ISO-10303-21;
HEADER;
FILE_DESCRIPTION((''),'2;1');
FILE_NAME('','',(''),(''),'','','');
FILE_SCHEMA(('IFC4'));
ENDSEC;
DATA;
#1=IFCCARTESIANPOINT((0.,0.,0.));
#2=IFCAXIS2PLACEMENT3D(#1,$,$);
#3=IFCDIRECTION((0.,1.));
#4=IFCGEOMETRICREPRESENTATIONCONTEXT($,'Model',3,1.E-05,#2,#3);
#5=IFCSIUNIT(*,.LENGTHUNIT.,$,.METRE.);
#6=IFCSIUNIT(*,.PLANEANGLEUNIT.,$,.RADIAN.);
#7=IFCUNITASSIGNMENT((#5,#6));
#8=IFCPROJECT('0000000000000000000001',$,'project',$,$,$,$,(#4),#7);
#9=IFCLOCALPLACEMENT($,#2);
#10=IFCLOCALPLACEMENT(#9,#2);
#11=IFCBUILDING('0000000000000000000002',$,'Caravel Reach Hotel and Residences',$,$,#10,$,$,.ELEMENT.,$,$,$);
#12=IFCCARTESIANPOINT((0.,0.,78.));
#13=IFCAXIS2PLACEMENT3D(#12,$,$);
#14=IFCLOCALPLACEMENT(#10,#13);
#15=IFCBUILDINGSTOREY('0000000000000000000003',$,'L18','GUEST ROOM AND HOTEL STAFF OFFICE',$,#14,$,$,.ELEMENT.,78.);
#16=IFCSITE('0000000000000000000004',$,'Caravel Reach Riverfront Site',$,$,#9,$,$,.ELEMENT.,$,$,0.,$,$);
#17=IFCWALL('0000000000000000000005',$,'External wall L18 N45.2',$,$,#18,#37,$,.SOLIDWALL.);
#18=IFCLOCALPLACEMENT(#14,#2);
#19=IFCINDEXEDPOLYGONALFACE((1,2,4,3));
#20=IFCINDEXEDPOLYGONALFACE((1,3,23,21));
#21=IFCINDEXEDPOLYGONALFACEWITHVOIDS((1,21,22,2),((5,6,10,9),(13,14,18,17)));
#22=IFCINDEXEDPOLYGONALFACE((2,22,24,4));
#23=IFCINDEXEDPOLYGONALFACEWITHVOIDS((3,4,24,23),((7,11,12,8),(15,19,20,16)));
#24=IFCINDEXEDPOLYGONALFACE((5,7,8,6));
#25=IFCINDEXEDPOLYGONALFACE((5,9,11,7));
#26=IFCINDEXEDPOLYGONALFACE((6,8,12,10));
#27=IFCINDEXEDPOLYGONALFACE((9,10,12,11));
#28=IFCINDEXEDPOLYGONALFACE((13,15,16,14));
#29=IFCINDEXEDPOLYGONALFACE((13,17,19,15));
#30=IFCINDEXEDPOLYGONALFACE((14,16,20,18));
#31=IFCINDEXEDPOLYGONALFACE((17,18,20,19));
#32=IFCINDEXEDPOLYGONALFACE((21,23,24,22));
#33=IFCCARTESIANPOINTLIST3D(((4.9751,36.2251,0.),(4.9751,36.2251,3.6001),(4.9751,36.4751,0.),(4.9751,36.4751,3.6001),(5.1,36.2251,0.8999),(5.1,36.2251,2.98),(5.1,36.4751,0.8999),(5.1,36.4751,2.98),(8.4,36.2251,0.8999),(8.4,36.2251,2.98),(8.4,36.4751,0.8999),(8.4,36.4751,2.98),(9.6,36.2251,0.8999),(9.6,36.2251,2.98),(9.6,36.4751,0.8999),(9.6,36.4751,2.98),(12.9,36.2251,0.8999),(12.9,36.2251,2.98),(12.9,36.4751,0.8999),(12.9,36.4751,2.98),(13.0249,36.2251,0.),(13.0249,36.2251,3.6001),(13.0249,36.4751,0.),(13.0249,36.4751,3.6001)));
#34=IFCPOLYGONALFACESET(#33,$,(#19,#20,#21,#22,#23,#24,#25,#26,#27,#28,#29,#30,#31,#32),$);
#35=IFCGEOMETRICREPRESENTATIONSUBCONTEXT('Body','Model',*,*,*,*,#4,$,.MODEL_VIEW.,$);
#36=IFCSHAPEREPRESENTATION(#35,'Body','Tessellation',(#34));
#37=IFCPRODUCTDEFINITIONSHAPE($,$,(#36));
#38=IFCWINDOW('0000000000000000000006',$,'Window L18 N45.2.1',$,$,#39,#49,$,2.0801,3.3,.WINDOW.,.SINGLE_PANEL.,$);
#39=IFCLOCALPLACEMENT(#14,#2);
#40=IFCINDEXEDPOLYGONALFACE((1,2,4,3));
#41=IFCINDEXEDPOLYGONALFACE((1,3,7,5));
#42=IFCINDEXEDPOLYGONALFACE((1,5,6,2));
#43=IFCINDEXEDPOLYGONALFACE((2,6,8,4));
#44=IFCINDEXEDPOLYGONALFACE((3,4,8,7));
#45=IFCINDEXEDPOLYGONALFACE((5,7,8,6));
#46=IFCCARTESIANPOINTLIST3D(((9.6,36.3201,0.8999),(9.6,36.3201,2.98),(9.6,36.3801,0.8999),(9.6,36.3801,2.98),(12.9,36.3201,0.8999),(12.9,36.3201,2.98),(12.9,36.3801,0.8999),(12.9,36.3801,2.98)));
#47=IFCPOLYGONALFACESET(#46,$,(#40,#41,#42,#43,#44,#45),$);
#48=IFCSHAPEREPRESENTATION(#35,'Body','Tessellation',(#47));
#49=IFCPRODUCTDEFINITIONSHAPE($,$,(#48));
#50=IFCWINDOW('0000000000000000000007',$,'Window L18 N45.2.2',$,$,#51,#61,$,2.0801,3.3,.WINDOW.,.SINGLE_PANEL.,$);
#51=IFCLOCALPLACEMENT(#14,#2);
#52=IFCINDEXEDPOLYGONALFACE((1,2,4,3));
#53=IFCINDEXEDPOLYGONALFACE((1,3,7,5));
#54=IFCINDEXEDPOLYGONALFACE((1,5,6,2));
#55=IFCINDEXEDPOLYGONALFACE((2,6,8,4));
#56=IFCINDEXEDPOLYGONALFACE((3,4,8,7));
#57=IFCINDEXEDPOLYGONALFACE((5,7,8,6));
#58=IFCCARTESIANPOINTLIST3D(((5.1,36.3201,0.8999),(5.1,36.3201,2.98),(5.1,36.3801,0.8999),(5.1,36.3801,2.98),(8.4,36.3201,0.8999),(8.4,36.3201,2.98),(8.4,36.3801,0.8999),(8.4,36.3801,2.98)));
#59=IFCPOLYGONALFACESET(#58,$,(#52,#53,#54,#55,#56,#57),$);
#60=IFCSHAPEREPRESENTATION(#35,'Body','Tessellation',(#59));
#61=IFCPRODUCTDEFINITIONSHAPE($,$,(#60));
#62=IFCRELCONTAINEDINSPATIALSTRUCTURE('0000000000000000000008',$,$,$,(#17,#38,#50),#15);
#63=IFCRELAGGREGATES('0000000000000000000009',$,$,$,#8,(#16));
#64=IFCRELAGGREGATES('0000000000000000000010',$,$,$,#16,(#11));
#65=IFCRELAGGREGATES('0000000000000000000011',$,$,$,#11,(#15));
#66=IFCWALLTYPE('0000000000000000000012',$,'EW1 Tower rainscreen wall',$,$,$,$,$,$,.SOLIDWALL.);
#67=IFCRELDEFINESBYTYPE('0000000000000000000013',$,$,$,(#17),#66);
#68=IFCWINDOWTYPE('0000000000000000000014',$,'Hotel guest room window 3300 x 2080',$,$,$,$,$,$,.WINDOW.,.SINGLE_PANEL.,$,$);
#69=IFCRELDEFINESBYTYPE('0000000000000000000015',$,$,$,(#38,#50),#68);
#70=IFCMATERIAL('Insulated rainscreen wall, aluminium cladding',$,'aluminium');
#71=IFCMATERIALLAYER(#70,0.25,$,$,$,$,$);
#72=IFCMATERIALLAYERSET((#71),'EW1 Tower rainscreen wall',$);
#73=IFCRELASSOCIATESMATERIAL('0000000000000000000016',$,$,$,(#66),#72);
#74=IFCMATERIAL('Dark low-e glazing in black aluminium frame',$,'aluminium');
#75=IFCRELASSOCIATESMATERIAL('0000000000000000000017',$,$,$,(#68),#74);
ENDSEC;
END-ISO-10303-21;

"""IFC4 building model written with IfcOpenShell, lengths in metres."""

from ifc_helpers import new_model, si_unit, direction, frame, frame_2d, origin, place, context, subcontext, project, spatial, rectangle, extrude, material, layer, layer_set, type_object, element, fill, save


model = new_model("IFC4")

# Units and contexts
model_context = context("Model", 3, precision=1e-05, world=origin(), true_north=direction((0.0, 1.0)))
body_context = subcontext(model_context, "Body", "Model", "MODEL_VIEW")
ifc_project = project(units=[si_unit("LENGTHUNIT", "METRE"), si_unit("PLANEANGLEUNIT", "RADIAN")], contexts=[model_context])

# Site, building, storey
site_placement = place(None, origin())
site = spatial("IfcSite", under=ifc_project, at=site_placement, Name="Caravel Reach Riverfront Site", CompositionType="ELEMENT", RefElevation=0.0)
building_placement = place(site_placement, origin())
building = spatial("IfcBuilding", under=site, at=building_placement, Name="Caravel Reach Hotel and Residences", CompositionType="ELEMENT")
storey_placement = place(building_placement, frame((0.0, 0.0, 78.0)))
storey = spatial("IfcBuildingStorey", under=building, at=storey_placement, Name="L18", Description="GUEST ROOM AND HOTEL STAFF OFFICE", CompositionType="ELEMENT", Elevation=78.0)

# Shared definitions
ifc_material_1 = material(Name="Insulated rainscreen wall, aluminium cladding", Category="aluminium")
ifc_layer_1 = layer(ifc_material_1, 0.25)
ifc_layer_set_1 = layer_set([ifc_layer_1], Name="EW1 Tower rainscreen wall")
wall_type_1 = type_object("IfcWallType", Name="EW1 Tower rainscreen wall", PredefinedType="SOLIDWALL", material=ifc_layer_set_1)

# Wall, openings, windows
wall_1_placement = place(storey_placement, frame((13.0249, 36.3501, 0.0), z_axis=(0.0, 0.0, 1.0), x_axis=(-1.0, 0.0, 0.0)))
wall_1 = element("IfcWall", 1, at=wall_1_placement, inside=storey, type_object=wall_type_1, Name="External wall L18 N45.2", PredefinedType="SOLIDWALL", context=body_context, shape_type="SweptSolid", body=[
    extrude(rectangle(XDim=8.0498, YDim=0.25, at=frame_2d((4.0249, 0.0))), origin(), (0.0, 0.0, 1.0), 3.6001),
])
opening_1_placement = place(wall_1_placement, frame((0.125, 0.0, 0.8999)))
opening_1 = element("IfcOpeningElement", 2, at=opening_1_placement, cuts=wall_1, PredefinedType="OPENING", context=body_context, shape_type="SweptSolid", body=[
    extrude(rectangle(XDim=3.3, YDim=2.0801, at=frame_2d((1.6499, 1.04))), frame((0.0, 0.135, 0.0), z_axis=(0.0, -1.0, 0.0), x_axis=(1.0, 0.0, 0.0)), (0.0, 0.0, 1.0), 0.27),
])
opening_2_placement = place(wall_1_placement, frame((4.625, 0.0, 0.8999)))
opening_2 = element("IfcOpeningElement", 3, at=opening_2_placement, cuts=wall_1, PredefinedType="OPENING", context=body_context, shape_type="SweptSolid", body=[
    extrude(rectangle(XDim=3.3, YDim=2.0801, at=frame_2d((1.6499, 1.04))), frame((0.0, 0.135, 0.0), z_axis=(0.0, -1.0, 0.0), x_axis=(1.0, 0.0, 0.0)), (0.0, 0.0, 1.0), 0.27),
])
ifc_material_2 = material(Name="Dark low-e glazing in black aluminium frame", Category="aluminium")
window_type_1 = type_object("IfcWindowType", Name="Hotel guest room window 3300 x 2080", PartitioningType="SINGLE_PANEL", PredefinedType="WINDOW", material=ifc_material_2)
window_1_placement = place(opening_1_placement, origin())
window_1 = element("IfcWindow", 4, at=window_1_placement, inside=storey, type_object=window_type_1, Name="Window L18 N45.2.1", OverallHeight=2.0801, OverallWidth=3.3, PartitioningType="SINGLE_PANEL", PredefinedType="WINDOW", context=body_context, shape_type="SweptSolid", body=[
    extrude(rectangle(XDim=3.3, YDim=2.0801, at=frame_2d((1.6499, 1.04))), frame((0.0, 0.03, 0.0), z_axis=(0.0, -1.0, 0.0), x_axis=(1.0, 0.0, 0.0)), (0.0, 0.0, 1.0), 0.0601),
])
fill(opening_1, window_1)
window_2_placement = place(opening_2_placement, origin())
window_2 = element("IfcWindow", 5, at=window_2_placement, inside=storey, type_object=window_type_1, Name="Window L18 N45.2.2", OverallHeight=2.0801, OverallWidth=3.3, PartitioningType="SINGLE_PANEL", PredefinedType="WINDOW", context=body_context, shape_type="SweptSolid", body=[
    extrude(rectangle(XDim=3.3, YDim=2.0801, at=frame_2d((1.6499, 1.04))), frame((0.0, 0.03, 0.0), z_axis=(0.0, -1.0, 0.0), x_axis=(1.0, 0.0, 0.0)), (0.0, 0.0, 1.0), 0.0601),
])
fill(opening_2, window_2)

save(model, "model.ifc")
